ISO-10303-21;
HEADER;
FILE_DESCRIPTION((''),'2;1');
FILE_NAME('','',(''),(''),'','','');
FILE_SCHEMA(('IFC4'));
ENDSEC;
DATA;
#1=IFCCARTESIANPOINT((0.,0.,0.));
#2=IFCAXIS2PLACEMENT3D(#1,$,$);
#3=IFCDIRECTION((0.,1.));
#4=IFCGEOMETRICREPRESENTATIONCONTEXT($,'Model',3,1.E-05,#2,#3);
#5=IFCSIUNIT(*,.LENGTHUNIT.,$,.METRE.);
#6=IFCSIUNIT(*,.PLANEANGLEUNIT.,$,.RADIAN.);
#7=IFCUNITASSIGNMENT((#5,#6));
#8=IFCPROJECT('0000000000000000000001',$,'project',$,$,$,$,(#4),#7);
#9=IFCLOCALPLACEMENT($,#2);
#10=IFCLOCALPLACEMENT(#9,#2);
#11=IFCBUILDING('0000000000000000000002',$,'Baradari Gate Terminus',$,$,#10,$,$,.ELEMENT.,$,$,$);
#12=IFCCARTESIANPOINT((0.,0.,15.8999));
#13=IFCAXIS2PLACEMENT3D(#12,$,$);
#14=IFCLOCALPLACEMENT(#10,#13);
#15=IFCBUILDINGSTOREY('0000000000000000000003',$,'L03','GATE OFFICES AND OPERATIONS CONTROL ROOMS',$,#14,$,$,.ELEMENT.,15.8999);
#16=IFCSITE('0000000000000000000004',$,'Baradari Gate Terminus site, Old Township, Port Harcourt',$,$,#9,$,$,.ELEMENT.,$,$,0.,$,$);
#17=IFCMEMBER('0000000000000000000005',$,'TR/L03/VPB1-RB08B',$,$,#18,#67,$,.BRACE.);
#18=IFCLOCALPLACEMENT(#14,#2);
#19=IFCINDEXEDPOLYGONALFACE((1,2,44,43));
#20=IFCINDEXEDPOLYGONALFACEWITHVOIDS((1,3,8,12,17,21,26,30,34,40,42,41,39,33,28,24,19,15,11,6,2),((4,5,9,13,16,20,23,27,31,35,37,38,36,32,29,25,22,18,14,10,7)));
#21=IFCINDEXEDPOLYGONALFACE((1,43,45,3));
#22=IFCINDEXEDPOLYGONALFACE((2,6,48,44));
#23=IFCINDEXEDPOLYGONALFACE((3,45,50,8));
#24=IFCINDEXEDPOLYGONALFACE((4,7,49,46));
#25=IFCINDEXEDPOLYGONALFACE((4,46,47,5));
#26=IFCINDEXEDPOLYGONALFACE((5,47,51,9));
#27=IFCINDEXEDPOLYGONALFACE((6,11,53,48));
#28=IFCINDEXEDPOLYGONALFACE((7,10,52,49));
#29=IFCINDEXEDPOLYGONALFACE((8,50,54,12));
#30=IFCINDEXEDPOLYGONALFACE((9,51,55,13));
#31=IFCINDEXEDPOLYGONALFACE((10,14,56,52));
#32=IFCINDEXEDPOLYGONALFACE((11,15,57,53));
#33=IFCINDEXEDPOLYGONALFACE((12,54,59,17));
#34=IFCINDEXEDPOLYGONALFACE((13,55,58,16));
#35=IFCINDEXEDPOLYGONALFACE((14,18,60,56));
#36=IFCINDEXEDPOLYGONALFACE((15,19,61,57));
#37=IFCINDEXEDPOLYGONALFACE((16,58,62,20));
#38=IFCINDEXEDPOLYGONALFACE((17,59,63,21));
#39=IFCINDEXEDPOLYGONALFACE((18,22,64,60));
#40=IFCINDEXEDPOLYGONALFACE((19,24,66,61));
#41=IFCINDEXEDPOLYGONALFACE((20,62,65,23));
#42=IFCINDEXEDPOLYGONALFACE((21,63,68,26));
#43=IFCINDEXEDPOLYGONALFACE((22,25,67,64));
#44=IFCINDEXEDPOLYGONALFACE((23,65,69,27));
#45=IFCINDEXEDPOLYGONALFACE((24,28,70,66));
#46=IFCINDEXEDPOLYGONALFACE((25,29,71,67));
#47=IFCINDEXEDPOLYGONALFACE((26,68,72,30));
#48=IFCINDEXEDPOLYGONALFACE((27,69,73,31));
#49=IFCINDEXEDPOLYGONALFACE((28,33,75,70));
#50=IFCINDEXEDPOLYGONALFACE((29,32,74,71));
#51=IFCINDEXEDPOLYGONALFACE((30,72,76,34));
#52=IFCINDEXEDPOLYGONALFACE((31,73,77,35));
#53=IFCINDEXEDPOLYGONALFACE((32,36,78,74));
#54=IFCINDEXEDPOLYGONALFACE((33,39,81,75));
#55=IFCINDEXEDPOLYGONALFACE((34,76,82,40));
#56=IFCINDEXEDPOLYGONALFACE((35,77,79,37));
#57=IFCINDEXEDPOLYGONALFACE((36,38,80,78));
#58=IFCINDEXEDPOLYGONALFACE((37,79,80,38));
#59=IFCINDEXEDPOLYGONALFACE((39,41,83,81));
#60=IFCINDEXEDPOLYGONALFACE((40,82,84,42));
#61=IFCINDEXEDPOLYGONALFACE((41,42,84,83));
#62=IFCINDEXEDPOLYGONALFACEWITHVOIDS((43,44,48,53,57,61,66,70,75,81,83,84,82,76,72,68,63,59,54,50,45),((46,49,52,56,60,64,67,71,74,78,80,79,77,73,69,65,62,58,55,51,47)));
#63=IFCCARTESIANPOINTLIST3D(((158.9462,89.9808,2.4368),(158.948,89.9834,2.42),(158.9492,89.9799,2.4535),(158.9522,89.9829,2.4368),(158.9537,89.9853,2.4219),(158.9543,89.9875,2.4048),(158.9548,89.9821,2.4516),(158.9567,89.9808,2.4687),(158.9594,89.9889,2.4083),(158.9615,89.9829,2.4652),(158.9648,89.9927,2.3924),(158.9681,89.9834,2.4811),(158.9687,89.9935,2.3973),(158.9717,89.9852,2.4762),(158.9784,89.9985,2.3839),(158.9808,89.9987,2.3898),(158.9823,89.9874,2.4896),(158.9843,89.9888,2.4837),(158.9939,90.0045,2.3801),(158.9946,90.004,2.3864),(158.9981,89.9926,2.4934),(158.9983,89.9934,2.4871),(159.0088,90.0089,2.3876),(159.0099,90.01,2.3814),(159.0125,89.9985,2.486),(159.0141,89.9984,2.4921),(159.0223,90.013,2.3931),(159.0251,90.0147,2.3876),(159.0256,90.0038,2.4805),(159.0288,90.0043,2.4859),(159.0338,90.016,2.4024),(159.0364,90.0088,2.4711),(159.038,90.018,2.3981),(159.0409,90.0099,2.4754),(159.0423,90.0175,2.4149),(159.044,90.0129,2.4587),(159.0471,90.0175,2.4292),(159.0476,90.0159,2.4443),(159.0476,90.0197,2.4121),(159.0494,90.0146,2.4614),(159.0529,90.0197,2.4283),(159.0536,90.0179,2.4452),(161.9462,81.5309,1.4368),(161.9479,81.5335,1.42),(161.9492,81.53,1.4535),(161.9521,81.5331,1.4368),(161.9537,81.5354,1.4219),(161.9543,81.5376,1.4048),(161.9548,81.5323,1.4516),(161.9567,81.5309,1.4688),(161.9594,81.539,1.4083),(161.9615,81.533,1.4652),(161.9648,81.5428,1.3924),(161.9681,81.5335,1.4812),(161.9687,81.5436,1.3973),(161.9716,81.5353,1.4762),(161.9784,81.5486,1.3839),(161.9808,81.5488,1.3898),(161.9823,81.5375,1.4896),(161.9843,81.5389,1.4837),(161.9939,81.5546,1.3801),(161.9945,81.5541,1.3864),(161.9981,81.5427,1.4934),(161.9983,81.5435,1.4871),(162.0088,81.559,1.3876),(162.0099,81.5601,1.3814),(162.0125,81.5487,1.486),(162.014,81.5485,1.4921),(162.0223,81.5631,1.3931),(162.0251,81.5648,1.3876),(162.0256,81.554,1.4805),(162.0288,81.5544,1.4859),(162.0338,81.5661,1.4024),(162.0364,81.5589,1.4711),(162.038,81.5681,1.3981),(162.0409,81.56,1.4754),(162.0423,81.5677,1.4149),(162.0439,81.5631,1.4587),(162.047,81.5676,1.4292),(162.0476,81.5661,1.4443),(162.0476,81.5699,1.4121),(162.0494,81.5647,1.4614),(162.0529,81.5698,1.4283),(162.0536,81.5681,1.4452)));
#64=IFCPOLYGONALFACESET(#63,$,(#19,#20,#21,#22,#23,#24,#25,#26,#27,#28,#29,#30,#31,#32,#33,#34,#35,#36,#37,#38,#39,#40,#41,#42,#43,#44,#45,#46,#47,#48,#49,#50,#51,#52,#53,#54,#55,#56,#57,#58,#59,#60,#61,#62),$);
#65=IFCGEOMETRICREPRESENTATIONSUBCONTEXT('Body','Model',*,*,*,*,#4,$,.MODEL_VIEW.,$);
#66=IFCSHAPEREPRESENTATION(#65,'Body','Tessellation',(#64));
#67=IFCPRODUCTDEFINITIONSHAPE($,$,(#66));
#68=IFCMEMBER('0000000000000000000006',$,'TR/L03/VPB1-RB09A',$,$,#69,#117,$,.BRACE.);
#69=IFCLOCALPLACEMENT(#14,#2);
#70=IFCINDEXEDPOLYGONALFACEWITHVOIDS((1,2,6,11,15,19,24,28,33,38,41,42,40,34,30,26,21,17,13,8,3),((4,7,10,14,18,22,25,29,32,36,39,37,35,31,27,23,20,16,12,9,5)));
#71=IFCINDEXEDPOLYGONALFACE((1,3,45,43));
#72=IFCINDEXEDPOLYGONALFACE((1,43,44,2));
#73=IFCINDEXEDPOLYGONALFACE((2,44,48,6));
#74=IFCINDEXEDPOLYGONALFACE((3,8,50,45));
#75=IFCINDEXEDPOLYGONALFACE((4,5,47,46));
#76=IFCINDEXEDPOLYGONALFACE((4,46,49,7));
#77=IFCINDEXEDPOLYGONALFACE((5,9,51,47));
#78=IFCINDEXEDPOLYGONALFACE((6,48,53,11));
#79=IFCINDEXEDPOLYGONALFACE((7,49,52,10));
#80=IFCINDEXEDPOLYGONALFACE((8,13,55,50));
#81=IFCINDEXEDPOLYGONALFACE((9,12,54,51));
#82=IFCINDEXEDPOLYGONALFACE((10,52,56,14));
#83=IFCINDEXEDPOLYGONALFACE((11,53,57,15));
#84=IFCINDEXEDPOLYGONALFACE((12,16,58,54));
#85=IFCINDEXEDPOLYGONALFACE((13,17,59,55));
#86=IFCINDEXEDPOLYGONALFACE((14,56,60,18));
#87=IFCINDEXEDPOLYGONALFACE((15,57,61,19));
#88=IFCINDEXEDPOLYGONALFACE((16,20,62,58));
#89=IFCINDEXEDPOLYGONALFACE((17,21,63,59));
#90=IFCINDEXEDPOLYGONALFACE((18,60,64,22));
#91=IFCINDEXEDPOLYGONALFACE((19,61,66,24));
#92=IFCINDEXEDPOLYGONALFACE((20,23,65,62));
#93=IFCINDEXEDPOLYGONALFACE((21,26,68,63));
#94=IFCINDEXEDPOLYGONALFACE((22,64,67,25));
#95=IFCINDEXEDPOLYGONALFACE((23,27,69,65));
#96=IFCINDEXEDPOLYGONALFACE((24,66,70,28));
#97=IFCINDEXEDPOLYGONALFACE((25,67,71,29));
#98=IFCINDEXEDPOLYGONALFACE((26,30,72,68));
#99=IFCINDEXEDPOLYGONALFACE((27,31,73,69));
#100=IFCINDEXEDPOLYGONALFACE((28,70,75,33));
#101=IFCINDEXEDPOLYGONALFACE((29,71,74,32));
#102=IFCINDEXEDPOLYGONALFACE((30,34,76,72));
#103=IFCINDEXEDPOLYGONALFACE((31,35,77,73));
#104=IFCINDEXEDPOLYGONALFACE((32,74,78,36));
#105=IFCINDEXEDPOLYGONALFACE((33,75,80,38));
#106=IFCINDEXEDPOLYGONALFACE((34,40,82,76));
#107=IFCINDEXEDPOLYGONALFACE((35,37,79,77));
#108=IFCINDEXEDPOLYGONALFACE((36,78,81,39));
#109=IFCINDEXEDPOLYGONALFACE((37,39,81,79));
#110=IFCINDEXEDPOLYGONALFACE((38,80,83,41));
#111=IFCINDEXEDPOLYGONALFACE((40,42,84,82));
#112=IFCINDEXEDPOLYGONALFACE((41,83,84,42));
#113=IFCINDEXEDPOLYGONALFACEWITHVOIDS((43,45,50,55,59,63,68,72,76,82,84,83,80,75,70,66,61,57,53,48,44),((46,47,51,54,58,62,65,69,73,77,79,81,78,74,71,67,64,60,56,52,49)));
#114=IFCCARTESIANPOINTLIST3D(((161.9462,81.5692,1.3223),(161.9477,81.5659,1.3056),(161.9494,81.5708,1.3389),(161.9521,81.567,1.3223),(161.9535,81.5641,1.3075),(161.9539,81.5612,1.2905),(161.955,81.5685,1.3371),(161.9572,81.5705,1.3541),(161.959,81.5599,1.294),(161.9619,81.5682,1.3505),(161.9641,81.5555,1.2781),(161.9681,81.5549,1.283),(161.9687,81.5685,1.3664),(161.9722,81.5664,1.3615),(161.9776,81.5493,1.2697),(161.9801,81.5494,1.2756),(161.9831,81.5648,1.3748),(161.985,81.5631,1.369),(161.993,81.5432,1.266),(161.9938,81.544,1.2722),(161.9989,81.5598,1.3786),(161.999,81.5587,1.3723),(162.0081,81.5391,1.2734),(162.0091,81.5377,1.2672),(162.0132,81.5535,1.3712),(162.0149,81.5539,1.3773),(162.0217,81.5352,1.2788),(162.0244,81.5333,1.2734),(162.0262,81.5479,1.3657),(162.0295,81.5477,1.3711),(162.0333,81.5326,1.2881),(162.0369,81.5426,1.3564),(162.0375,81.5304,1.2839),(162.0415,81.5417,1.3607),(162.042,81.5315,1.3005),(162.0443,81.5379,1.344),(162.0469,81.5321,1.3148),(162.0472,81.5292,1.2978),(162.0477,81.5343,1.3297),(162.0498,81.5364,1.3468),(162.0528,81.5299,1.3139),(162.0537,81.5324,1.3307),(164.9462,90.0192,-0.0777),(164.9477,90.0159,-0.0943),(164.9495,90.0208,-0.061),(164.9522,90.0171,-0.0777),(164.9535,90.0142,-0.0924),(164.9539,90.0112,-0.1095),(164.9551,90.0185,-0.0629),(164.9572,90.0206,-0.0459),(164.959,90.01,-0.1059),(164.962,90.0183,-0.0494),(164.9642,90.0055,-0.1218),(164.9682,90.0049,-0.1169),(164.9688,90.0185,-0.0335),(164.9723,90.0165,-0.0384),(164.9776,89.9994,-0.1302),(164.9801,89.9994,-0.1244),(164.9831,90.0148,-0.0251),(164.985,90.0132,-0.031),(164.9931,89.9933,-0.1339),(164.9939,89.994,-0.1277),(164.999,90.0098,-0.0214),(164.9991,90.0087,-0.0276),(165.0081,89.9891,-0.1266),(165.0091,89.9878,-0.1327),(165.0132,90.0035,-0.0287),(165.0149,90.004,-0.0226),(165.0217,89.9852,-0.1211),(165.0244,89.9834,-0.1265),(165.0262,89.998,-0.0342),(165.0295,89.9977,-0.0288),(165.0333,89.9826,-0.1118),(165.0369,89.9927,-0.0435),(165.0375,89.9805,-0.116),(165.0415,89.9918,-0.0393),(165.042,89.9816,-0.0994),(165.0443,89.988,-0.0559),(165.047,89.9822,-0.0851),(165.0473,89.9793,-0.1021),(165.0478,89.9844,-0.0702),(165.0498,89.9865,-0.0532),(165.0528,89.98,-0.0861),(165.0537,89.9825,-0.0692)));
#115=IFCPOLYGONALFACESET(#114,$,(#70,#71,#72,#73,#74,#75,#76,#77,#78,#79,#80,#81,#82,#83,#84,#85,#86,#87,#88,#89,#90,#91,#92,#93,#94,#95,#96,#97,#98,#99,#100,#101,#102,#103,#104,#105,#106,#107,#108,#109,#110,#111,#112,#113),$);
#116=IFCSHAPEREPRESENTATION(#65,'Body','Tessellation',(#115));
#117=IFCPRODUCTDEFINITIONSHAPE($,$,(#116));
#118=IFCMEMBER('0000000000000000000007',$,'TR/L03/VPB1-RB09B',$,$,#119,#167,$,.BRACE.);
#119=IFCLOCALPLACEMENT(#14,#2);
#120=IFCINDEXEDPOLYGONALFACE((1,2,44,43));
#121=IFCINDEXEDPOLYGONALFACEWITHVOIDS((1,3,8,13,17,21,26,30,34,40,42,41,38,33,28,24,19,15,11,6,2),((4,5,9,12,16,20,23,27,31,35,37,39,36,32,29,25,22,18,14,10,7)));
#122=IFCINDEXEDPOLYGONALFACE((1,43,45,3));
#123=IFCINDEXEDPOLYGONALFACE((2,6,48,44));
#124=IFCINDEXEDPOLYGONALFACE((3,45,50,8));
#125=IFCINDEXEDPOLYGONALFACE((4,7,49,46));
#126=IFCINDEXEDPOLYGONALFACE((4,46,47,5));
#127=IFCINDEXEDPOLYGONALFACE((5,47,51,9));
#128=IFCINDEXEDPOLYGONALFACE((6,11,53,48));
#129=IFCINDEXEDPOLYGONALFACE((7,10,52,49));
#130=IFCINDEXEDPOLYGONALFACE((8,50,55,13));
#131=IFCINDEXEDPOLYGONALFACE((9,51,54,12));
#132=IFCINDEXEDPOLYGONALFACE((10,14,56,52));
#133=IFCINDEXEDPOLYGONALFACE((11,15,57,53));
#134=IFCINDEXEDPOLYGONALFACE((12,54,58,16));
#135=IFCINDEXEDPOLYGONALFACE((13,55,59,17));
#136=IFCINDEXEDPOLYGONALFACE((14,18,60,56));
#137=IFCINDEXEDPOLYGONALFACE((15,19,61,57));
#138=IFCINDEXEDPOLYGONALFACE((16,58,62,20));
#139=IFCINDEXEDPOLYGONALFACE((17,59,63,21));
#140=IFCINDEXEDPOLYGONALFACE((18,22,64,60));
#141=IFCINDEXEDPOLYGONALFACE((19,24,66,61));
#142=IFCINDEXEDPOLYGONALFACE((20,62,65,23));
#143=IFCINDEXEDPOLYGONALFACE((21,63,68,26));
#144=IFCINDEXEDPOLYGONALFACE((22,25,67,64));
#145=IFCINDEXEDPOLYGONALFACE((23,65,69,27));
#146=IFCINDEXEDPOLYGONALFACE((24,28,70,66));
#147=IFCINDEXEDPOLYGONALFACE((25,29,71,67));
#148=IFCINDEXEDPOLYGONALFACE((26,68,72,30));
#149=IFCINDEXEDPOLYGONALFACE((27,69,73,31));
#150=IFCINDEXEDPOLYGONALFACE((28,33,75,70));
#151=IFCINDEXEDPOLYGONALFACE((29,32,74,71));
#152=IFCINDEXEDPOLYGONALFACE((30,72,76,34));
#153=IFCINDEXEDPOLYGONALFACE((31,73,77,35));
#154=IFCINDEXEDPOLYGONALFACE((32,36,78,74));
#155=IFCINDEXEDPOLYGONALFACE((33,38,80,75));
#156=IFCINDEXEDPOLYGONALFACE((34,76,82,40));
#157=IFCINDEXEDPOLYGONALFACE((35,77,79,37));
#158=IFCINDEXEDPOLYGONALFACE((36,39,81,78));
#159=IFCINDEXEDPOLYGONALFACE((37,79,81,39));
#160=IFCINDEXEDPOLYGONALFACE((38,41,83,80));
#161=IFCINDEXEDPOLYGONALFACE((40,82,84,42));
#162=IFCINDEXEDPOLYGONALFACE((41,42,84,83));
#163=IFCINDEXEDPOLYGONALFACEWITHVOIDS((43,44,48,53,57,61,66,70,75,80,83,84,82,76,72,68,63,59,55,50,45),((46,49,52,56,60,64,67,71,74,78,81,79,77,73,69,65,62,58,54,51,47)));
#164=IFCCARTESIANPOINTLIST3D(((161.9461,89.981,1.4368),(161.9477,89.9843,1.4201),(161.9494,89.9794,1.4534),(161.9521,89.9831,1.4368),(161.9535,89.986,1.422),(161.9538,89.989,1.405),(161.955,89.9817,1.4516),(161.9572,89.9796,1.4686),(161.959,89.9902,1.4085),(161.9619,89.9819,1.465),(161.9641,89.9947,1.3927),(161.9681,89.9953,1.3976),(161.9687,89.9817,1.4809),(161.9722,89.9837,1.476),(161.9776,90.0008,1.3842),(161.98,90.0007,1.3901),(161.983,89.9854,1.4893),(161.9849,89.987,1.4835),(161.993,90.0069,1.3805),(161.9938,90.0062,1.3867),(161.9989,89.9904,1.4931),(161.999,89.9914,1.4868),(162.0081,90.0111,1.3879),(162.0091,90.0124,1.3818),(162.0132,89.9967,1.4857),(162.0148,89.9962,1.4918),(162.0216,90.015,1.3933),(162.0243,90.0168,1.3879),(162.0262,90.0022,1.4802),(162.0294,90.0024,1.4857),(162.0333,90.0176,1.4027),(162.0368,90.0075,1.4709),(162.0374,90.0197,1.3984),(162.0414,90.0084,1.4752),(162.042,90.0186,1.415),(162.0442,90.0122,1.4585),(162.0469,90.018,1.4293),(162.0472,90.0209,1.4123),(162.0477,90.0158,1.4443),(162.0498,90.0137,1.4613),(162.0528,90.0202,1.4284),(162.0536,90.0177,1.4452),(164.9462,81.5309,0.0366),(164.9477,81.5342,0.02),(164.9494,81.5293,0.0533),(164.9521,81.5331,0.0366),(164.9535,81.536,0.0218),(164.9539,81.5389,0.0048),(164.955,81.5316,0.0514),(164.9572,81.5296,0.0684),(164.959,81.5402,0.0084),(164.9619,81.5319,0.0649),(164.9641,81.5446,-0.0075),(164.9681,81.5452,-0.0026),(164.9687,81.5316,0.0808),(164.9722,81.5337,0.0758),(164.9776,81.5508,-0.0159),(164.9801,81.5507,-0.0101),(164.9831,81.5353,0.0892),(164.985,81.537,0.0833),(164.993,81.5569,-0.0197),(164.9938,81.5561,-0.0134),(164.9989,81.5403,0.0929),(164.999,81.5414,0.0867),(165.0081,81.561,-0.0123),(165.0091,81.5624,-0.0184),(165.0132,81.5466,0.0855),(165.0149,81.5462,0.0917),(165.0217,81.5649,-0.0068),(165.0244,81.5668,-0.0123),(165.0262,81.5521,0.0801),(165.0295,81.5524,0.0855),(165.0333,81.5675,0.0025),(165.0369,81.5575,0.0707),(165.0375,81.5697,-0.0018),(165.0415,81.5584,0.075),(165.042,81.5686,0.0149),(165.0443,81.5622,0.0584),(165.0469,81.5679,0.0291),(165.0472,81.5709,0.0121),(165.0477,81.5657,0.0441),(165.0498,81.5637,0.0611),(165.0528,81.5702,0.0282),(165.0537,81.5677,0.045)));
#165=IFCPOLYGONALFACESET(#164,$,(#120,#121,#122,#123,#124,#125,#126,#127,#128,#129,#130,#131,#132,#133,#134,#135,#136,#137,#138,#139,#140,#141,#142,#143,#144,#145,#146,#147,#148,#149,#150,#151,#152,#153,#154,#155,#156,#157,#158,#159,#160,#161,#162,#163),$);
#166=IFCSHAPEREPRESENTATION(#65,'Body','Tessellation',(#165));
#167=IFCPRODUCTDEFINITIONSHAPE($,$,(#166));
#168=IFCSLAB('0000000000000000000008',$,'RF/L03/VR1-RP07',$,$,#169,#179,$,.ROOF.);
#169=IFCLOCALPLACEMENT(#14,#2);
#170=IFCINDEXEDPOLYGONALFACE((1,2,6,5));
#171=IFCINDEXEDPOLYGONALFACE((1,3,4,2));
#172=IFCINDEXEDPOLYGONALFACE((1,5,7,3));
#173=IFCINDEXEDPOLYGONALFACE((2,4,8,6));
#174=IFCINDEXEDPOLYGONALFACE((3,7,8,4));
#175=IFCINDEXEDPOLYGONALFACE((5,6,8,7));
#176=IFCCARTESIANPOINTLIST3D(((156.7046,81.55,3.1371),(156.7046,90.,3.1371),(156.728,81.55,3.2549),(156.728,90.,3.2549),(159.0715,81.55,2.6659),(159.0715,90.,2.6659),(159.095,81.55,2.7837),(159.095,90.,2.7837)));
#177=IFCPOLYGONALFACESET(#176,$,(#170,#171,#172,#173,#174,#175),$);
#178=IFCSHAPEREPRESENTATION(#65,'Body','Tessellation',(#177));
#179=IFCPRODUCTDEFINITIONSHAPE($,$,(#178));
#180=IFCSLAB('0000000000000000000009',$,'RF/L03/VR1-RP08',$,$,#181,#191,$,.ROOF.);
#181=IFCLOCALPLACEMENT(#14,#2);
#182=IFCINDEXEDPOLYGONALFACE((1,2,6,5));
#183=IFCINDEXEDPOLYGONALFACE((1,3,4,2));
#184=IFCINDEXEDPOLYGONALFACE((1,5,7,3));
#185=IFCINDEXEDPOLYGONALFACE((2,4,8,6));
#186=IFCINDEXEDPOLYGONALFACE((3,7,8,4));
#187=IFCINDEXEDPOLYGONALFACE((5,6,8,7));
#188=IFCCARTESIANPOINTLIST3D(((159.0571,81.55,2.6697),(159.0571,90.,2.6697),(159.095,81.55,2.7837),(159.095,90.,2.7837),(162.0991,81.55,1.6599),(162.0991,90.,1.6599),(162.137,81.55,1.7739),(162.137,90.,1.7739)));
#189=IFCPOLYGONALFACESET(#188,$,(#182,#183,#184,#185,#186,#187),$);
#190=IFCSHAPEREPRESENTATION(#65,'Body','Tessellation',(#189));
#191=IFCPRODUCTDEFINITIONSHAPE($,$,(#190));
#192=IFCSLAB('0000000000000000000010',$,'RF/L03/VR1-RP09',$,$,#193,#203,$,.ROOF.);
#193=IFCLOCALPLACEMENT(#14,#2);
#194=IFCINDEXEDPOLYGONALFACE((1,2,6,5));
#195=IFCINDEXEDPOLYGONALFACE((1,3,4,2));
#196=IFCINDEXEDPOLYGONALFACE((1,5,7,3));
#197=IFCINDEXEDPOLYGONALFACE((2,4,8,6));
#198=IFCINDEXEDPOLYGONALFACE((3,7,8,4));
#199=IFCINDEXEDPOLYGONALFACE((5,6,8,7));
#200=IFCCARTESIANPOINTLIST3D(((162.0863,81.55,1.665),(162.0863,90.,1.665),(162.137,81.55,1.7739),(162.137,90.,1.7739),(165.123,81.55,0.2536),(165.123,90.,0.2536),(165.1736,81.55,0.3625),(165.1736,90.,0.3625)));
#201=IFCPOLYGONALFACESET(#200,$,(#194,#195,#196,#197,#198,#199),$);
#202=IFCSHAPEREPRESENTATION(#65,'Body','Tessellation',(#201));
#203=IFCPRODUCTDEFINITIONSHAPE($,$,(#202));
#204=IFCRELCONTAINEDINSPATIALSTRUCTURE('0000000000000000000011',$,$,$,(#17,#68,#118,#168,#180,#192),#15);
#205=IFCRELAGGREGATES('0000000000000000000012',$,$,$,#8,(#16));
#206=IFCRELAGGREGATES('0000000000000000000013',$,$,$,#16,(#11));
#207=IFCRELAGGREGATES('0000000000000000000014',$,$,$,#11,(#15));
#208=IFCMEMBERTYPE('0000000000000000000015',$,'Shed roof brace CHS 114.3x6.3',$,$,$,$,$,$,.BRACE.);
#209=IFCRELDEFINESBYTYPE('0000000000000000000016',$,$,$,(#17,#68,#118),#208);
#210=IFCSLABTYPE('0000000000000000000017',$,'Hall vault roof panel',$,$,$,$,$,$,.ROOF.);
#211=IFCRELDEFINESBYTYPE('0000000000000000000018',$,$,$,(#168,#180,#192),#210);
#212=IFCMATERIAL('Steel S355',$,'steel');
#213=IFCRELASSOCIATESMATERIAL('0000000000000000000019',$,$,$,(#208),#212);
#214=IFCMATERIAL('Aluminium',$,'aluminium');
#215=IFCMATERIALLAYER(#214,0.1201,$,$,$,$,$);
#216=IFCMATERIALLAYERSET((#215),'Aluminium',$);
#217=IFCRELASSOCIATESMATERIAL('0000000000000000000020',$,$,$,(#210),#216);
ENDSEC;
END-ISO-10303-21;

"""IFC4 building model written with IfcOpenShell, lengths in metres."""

from ifc_helpers import new_model, si_unit, direction, frame, origin, origin_2d, place, context, subcontext, project, spatial, polyline, hollow_circle, outline, extrude, material, layer, layer_set, material_profile, profile_set, type_object, element, save


model = new_model("IFC4")

# Units and contexts
model_context = context("Model", 3, precision=1e-05, world=origin(), true_north=direction((0.0, 1.0)))
body_context = subcontext(model_context, "Body", "Model", "MODEL_VIEW")
ifc_project = project(units=[si_unit("LENGTHUNIT", "METRE"), si_unit("PLANEANGLEUNIT", "RADIAN")], contexts=[model_context])

# Site, building, storey
site_placement = place(None, origin())
site = spatial("IfcSite", under=ifc_project, at=site_placement, Name="Baradari Gate Terminus site, Old Township, Port Harcourt", CompositionType="ELEMENT", RefElevation=0.0)
building_placement = place(site_placement, origin())
building = spatial("IfcBuilding", under=site, at=building_placement, Name="Baradari Gate Terminus", CompositionType="ELEMENT")
storey_placement = place(building_placement, frame((0.0, 0.0, 15.8999)))
storey = spatial("IfcBuildingStorey", under=building, at=storey_placement, Name="L03", Description="GATE OFFICES AND OPERATIONS CONTROL ROOMS", CompositionType="ELEMENT", Elevation=15.8999)

# Members
ifc_material_1 = material(Name="Steel S355", Category="steel")
ifc_material_profile_1 = material_profile(ifc_material_1, hollow_circle(Radius=0.0571, WallThickness=0.0063, at=origin_2d()), Name="CHS 114.3x6.3")
ifc_profile_set_1 = profile_set([ifc_material_profile_1], Name="Steel S355")
member_type_1 = type_object("IfcMemberType", Name="Shed roof brace CHS 114.3x6.3", PredefinedType="BRACE", material=ifc_profile_set_1)
for number, where, z_axis, x_axis, name in (
    (1, (162.0, 81.55, 1.4368), (-0.33251, 0.936564, 0.110837), (-0.94237, -0.334571, 0.0), "TR/L03/VPB1-RB08B"),
):
    element("IfcMember", number, at=place(storey_placement, frame(where, z_axis=z_axis, x_axis=x_axis)), inside=storey, type_object=member_type_1, Name=name, PredefinedType="BRACE", context=body_context, shape_type="SweptSolid", body=[
        extrude(hollow_circle(Radius=0.0571, WallThickness=0.0063, at=origin_2d()), origin(), (0.0, 0.0, 1.0), 9.0222),
    ])
for number, where, z_axis, x_axis, name in (
    (2, (162.0, 81.55, 1.3223), (0.330567, 0.931091, -0.154254), (-0.94237, 0.334571, 0.0), "TR/L03/VPB1-RB09A"),
    (3, (165.0, 81.55, 0.0366), (-0.330566, 0.931088, 0.15428), (-0.94237, -0.334571, 0.0), "TR/L03/VPB1-RB09B"),
):
    element("IfcMember", number, at=place(storey_placement, frame(where, z_axis=z_axis, x_axis=x_axis)), inside=storey, type_object=member_type_1, Name=name, PredefinedType="BRACE", context=body_context, shape_type="SweptSolid", body=[
        extrude(hollow_circle(Radius=0.0571, WallThickness=0.0063, at=origin_2d()), origin(), (0.0, 0.0, 1.0), 9.0754),
    ])

# Slabs
ifc_material_2 = material(Name="Aluminium", Category="aluminium")
ifc_layer = layer(ifc_material_2, 0.1201)
ifc_layer_set = layer_set([ifc_layer], Name="Aluminium")
slab_type = type_object("IfcSlabType", Name="Hall vault roof panel", PredefinedType="ROOF", material=ifc_layer_set)
slab_1_placement = place(storey_placement, frame((156.728, 81.55, 3.2549), z_axis=(0.195241, 0.0, 0.980755), x_axis=(0.0, 1.0, 0.0)))
element("IfcSlab", 4, at=slab_1_placement, inside=storey, type_object=slab_type, Name="RF/L03/VR1-RP07", PredefinedType="ROOF", context=body_context, shape_type="SweptSolid", body=[
    extrude(outline(polyline([(0.0, 0.0), (8.45, 0.0), (8.45, -2.4134), (0.0, -2.4134), (0.0, 0.0)])), origin(), (0.0, 0.0, -1.0), 0.1201),
])
slab_2_placement = place(storey_placement, frame((159.095, 81.55, 2.7837), z_axis=(0.315039, 0.0, 0.949079), x_axis=(0.0, 1.0, 0.0)))
element("IfcSlab", 5, at=slab_2_placement, inside=storey, type_object=slab_type, Name="RF/L03/VR1-RP08", PredefinedType="ROOF", context=body_context, shape_type="SweptSolid", body=[
    extrude(outline(polyline([(0.0, 0.0), (8.45, 0.0), (8.45, -3.2052), (0.0, -3.2052), (0.0, 0.0)])), origin(), (0.0, 0.0, -1.0), 0.1201),
])
slab_3_placement = place(storey_placement, frame((162.137, 81.55, 1.7739), z_axis=(0.421484, 0.0, 0.906836), x_axis=(0.0, 1.0, 0.0)))
element("IfcSlab", 6, at=slab_3_placement, inside=storey, type_object=slab_type, Name="RF/L03/VR1-RP09", PredefinedType="ROOF", context=body_context, shape_type="SweptSolid", body=[
    extrude(outline(polyline([(0.0, 0.0), (8.45, 0.0), (8.45, -3.3486), (0.0, -3.3486), (0.0, 0.0)])), origin(), (0.0, 0.0, -1.0), 0.1201),
])

save(model, "model.ifc")
